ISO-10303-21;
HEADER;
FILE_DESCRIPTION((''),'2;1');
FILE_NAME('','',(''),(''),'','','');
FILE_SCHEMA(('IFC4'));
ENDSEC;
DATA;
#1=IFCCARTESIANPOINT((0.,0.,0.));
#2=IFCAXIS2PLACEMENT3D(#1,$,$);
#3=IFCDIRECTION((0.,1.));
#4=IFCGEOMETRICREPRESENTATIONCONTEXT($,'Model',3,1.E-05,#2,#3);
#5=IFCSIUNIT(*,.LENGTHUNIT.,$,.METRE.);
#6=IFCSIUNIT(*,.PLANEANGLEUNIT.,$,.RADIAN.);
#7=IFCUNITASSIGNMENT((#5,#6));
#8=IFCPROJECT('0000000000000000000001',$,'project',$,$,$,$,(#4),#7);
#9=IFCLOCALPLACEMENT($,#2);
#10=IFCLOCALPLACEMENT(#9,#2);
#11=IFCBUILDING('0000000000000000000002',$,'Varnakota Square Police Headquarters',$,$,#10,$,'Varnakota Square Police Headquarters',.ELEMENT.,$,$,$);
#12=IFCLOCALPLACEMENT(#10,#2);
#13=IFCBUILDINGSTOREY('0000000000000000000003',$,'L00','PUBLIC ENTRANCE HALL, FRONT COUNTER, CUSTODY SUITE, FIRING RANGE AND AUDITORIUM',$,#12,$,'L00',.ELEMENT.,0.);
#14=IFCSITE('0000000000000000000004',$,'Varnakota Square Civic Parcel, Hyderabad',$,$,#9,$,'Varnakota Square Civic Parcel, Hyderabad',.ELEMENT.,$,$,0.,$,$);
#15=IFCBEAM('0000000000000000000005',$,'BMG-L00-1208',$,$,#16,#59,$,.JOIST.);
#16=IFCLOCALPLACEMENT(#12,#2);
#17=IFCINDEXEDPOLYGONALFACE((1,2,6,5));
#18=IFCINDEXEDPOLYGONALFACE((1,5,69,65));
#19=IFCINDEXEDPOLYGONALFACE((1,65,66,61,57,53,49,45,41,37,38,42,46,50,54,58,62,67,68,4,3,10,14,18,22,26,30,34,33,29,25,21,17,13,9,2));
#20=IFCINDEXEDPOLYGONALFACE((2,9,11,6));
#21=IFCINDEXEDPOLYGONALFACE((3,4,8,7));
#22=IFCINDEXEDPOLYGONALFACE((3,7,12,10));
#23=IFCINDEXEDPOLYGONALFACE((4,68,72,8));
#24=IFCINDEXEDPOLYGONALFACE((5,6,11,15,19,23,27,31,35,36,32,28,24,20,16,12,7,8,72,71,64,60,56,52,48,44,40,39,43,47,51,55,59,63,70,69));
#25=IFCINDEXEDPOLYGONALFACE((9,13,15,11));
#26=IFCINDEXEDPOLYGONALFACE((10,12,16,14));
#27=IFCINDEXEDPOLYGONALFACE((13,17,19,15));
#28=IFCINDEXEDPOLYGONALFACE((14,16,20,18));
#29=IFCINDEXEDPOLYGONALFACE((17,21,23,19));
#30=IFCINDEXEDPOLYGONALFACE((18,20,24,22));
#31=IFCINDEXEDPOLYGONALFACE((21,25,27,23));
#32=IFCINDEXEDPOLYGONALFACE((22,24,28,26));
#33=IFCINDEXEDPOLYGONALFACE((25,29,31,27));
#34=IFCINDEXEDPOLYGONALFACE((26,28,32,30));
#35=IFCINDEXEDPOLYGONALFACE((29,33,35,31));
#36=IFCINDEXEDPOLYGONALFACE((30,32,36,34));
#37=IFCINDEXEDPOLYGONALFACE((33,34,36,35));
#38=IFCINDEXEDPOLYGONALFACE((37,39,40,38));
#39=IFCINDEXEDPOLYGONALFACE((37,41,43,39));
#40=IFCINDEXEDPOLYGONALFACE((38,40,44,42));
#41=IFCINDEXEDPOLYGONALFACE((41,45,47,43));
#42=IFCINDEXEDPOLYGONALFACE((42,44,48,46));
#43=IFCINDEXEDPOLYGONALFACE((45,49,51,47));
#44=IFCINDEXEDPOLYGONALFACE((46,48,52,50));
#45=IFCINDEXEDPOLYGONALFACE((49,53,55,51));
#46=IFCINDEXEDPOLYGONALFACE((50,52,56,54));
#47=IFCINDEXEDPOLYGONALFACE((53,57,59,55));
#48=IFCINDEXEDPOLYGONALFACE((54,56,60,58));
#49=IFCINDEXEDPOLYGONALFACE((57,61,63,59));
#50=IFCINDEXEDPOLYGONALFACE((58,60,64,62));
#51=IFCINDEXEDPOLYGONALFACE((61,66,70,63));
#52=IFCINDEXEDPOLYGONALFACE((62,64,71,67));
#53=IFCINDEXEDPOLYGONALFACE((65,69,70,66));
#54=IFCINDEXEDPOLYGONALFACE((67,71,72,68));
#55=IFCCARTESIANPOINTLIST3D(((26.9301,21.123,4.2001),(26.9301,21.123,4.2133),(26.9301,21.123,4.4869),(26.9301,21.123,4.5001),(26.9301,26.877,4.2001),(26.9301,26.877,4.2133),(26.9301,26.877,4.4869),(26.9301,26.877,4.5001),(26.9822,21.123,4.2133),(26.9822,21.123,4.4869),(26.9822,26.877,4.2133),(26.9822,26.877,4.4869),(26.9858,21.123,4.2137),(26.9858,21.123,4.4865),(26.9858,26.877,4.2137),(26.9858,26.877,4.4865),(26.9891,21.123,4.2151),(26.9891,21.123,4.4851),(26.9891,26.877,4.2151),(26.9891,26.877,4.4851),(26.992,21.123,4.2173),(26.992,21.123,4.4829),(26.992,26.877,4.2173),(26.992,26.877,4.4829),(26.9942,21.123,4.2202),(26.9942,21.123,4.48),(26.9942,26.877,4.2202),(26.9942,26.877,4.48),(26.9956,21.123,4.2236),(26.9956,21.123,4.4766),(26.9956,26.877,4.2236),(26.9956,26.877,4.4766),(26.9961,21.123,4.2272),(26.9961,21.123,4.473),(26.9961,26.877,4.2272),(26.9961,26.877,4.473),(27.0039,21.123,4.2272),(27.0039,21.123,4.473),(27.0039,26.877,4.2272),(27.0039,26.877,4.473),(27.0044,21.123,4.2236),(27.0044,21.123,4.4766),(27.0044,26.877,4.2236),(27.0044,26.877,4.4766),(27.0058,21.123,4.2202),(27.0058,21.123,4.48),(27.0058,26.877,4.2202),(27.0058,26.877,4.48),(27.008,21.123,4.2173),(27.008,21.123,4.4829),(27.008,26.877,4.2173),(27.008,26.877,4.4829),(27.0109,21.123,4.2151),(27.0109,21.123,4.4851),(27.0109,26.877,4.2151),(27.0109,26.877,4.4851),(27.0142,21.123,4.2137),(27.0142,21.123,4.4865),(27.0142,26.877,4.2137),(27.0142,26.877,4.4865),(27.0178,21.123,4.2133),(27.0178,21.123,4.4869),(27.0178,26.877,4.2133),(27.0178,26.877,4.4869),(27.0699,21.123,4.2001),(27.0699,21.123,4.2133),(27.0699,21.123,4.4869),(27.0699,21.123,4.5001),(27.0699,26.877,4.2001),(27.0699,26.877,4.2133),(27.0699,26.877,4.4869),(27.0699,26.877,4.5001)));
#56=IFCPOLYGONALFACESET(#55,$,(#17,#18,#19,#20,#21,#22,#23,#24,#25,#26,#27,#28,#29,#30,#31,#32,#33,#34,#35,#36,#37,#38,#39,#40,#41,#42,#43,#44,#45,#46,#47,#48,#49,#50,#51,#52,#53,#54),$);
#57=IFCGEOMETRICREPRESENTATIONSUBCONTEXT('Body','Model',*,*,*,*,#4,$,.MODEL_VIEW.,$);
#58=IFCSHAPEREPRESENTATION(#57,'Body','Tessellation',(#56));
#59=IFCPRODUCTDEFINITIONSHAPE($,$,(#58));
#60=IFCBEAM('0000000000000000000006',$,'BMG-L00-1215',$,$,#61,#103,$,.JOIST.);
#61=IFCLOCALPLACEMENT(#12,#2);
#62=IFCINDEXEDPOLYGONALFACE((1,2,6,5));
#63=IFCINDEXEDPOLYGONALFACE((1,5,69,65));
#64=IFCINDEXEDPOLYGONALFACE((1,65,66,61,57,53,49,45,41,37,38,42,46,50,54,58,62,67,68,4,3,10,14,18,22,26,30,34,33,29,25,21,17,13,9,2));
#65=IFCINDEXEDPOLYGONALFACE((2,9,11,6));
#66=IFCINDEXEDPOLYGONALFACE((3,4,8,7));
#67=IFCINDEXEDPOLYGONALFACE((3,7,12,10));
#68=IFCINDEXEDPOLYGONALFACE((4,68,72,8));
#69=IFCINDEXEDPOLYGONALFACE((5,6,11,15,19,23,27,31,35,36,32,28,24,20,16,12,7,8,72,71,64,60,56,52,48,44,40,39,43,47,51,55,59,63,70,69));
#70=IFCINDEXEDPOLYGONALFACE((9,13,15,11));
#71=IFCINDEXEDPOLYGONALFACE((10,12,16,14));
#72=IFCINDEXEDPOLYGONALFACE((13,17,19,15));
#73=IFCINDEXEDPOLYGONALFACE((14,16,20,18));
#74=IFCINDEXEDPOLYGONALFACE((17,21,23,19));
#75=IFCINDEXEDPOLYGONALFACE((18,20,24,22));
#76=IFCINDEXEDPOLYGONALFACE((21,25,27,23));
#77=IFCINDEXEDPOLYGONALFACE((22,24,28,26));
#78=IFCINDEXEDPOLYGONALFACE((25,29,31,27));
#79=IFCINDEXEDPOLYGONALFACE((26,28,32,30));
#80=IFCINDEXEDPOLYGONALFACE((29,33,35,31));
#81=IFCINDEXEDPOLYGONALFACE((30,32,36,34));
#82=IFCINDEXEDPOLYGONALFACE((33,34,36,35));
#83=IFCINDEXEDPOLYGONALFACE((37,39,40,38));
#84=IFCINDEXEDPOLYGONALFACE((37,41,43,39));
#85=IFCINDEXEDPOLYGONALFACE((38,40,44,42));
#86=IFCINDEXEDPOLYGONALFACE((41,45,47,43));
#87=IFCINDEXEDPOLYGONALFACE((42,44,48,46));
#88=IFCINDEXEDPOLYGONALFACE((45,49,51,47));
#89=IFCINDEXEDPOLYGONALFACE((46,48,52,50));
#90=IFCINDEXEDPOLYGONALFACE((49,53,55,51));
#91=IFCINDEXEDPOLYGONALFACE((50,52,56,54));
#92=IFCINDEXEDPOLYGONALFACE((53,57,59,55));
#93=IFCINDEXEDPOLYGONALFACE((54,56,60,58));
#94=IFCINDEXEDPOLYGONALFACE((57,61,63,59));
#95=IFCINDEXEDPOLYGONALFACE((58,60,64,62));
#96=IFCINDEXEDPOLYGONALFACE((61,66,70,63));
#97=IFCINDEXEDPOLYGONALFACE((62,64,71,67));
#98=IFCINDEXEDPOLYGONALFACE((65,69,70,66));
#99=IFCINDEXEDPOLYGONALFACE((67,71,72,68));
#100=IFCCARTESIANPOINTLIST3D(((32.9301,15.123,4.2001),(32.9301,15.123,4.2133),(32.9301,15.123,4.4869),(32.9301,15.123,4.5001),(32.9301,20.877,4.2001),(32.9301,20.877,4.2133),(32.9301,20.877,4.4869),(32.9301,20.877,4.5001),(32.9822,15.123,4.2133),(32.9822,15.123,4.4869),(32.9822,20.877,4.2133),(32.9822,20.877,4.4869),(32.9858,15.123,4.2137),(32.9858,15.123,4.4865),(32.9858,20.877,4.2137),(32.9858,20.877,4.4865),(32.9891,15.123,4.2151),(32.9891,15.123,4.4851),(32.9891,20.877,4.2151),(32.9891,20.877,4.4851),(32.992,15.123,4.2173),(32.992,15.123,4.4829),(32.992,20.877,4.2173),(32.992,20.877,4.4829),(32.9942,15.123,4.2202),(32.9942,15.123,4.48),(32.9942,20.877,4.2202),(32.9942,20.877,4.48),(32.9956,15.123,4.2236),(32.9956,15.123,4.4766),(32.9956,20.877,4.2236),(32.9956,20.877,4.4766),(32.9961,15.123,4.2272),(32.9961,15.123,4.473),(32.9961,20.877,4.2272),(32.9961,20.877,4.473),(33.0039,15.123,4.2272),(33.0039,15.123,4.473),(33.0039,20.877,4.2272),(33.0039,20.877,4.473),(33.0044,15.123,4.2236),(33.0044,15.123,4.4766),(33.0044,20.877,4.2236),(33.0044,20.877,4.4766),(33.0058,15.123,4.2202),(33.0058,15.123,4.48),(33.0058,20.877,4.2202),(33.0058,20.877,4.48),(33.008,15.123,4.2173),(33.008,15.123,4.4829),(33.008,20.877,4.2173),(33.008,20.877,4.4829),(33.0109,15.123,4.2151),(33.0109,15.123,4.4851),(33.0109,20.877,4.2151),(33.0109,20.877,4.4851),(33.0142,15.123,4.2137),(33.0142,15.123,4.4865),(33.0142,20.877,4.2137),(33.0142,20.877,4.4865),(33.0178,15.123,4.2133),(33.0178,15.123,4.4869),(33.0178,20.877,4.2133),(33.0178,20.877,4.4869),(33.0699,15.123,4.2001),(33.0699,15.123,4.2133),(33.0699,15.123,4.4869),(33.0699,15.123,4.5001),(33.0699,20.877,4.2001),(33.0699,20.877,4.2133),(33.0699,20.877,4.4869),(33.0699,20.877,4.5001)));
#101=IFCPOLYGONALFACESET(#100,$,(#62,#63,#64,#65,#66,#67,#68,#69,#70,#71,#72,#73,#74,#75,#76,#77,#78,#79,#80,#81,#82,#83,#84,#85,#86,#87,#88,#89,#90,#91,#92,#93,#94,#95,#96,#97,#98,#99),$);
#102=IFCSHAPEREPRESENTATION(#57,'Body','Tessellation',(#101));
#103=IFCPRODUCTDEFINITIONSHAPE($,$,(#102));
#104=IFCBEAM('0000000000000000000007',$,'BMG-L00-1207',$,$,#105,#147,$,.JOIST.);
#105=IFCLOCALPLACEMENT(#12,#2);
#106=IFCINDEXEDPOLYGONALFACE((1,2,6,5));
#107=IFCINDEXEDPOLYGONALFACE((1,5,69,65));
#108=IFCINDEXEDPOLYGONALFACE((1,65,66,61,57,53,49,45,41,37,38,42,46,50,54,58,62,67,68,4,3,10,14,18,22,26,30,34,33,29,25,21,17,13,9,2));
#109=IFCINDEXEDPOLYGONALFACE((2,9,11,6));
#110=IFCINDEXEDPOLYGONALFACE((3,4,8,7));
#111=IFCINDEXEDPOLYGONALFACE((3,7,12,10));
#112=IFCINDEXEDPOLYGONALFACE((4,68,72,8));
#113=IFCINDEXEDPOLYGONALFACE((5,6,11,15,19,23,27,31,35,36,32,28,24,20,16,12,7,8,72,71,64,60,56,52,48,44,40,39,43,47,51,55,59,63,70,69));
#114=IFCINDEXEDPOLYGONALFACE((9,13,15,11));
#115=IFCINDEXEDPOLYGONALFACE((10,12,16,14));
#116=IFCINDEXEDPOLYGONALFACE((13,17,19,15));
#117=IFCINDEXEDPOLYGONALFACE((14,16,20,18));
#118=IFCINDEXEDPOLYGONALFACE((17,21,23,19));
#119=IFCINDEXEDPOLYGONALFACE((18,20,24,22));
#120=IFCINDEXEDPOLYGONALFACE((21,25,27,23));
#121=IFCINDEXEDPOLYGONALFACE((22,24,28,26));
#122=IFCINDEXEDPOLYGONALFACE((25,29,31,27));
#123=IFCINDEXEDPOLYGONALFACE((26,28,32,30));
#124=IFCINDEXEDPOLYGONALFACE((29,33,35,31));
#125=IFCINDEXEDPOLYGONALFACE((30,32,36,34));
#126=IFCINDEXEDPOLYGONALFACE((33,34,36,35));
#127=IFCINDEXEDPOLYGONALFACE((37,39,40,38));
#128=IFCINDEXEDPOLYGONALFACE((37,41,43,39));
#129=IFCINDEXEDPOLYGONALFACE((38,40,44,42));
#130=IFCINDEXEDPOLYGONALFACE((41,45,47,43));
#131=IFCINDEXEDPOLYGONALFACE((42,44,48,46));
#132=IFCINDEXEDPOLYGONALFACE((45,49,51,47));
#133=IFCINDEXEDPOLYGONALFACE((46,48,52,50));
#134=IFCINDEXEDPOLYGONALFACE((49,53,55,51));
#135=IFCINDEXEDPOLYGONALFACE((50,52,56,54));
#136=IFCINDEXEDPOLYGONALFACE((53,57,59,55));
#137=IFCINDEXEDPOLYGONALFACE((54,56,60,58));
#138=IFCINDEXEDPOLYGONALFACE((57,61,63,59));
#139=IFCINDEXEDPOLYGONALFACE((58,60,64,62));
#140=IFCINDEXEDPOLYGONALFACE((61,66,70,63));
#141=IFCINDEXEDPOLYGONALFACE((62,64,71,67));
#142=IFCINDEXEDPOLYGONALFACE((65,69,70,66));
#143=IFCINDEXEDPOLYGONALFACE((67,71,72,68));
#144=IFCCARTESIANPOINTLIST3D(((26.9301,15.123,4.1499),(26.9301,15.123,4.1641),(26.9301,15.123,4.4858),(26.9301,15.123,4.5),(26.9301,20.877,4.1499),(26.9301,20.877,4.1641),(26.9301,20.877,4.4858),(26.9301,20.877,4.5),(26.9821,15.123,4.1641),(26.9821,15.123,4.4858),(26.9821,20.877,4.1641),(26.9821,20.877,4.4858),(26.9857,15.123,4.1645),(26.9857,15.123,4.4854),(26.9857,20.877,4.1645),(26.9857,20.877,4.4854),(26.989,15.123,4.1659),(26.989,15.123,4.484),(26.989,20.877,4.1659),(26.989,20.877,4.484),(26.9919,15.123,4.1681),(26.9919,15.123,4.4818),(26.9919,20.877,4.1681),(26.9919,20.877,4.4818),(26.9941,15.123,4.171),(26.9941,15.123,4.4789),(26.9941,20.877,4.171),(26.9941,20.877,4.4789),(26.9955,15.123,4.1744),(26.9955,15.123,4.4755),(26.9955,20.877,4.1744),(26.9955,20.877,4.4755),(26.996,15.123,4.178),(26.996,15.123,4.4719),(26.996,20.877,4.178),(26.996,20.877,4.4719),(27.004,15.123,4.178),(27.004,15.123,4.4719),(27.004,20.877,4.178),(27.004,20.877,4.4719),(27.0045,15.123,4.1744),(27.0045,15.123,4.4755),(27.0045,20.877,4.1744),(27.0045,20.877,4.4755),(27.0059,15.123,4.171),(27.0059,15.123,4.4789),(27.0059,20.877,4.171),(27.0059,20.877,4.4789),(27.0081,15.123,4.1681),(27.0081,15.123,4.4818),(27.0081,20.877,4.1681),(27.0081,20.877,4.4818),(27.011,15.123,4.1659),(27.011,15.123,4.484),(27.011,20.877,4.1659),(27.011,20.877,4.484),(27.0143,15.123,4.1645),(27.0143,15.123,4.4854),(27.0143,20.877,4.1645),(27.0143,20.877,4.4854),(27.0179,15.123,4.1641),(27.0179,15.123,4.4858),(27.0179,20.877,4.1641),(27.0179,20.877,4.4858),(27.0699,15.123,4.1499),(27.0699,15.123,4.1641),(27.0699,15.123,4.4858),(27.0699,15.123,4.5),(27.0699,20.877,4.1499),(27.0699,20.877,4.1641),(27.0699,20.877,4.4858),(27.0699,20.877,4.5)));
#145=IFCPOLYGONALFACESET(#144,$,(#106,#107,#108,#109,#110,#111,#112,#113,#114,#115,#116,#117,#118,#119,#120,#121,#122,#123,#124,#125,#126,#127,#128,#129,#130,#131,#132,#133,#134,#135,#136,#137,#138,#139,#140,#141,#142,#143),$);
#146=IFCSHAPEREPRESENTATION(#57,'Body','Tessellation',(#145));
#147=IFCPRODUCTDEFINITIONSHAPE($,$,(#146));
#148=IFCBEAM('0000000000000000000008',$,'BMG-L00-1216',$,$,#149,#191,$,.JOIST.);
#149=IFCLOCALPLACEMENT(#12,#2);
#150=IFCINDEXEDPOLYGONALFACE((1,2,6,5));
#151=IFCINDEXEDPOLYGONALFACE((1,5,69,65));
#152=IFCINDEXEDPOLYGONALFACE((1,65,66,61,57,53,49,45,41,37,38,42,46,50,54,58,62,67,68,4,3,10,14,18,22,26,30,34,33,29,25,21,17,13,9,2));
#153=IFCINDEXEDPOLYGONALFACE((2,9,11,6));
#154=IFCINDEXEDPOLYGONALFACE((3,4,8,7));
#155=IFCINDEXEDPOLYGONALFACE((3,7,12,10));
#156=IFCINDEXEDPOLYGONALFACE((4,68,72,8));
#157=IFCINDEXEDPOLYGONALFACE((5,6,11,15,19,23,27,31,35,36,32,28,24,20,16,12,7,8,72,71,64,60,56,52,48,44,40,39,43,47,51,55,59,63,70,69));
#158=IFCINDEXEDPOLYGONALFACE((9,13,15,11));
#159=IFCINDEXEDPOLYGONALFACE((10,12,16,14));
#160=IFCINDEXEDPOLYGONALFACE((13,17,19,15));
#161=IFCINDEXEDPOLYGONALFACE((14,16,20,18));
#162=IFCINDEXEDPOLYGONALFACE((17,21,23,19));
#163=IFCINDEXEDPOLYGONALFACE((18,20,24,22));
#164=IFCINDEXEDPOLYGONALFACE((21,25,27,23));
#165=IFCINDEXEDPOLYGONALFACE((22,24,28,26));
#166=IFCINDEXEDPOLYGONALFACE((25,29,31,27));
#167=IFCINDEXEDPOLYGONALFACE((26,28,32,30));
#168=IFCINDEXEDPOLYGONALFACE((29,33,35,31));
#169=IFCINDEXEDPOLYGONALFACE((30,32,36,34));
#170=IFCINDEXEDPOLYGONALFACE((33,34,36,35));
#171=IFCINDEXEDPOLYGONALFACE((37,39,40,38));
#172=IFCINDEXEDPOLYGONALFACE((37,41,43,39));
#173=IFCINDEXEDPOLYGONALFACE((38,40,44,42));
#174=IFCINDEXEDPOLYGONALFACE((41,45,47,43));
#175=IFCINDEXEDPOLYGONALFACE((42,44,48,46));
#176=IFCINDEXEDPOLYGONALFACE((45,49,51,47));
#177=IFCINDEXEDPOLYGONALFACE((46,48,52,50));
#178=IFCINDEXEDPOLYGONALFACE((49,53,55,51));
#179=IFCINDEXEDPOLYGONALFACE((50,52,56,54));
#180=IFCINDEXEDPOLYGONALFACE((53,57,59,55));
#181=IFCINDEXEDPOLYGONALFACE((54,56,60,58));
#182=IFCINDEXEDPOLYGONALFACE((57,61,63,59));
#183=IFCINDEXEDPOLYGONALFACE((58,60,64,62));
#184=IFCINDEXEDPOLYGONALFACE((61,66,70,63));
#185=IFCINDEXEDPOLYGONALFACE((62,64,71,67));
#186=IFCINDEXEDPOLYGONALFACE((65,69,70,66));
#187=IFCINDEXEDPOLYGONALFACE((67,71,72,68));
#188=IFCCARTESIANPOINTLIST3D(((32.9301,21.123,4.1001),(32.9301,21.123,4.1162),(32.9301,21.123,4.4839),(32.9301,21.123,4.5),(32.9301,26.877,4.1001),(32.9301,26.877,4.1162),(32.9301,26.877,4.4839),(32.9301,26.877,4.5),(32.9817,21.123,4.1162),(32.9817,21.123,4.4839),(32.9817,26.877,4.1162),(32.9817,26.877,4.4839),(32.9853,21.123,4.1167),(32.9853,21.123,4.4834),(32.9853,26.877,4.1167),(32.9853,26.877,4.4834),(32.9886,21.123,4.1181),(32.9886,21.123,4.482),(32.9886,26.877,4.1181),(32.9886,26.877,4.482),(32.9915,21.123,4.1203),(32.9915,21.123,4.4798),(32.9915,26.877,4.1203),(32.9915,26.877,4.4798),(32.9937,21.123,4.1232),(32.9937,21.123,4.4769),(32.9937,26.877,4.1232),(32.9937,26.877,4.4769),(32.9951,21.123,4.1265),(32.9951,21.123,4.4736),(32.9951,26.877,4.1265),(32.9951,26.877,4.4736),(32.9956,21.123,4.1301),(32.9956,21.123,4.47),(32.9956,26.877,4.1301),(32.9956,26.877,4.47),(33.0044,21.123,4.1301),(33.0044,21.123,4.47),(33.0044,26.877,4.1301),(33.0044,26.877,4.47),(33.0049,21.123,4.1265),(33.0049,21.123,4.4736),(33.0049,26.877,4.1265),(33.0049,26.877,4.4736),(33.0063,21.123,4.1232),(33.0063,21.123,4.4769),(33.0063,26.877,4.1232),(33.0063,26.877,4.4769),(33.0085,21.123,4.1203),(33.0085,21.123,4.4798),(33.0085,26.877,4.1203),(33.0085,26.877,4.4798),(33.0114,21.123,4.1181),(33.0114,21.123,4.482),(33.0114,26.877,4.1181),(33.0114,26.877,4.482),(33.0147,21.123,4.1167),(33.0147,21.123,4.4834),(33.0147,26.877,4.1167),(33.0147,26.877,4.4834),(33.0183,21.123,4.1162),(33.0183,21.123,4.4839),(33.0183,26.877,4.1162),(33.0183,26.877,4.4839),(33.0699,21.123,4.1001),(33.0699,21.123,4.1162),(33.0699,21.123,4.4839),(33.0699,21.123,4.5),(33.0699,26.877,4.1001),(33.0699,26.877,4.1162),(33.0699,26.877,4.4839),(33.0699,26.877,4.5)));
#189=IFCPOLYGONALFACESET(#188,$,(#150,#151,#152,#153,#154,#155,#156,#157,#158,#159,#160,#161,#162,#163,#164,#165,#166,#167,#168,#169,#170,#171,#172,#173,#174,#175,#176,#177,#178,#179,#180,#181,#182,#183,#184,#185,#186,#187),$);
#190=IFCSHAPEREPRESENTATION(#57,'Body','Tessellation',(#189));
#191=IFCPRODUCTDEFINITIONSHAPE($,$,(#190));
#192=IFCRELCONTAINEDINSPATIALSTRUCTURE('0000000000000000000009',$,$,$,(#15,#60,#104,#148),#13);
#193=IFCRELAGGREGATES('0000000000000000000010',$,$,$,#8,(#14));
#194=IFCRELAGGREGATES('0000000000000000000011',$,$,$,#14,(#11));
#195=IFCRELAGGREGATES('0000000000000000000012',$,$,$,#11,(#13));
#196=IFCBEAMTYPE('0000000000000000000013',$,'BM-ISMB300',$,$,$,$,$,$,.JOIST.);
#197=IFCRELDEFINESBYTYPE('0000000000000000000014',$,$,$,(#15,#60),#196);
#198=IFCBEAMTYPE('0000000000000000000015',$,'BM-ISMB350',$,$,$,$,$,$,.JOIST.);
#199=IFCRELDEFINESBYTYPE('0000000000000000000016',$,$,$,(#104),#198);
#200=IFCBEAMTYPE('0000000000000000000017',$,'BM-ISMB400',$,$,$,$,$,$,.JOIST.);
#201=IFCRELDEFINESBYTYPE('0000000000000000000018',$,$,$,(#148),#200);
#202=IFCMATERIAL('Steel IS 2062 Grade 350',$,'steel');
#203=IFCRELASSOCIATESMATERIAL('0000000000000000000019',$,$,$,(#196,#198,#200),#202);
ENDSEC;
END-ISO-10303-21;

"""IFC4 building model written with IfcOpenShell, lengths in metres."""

from ifc_helpers import new_model, si_unit, direction, frame, origin, origin_2d, place, context, subcontext, project, spatial, i_section, extrude, material, material_profile, profile_set, type_object, element, save


model = new_model("IFC4")

# Units and contexts
model_context = context("Model", 3, precision=1e-05, world=origin(), true_north=direction((0.0, 1.0)))
body_context = subcontext(model_context, "Body", "Model", "MODEL_VIEW")
ifc_project = project(units=[si_unit("LENGTHUNIT", "METRE"), si_unit("PLANEANGLEUNIT", "RADIAN")], contexts=[model_context])

# Site, building, storey
site_placement = place(None, origin())
site = spatial("IfcSite", under=ifc_project, at=site_placement, Name="Varnakota Square Civic Parcel, Hyderabad", LongName="Varnakota Square Civic Parcel, Hyderabad", CompositionType="ELEMENT", RefElevation=0.0)
building_placement = place(site_placement, origin())
building = spatial("IfcBuilding", under=site, at=building_placement, Name="Varnakota Square Police Headquarters", LongName="Varnakota Square Police Headquarters", CompositionType="ELEMENT")
storey_placement = place(building_placement, origin())
storey = spatial("IfcBuildingStorey", under=building, at=storey_placement, Name="L00", Description="PUBLIC ENTRANCE HALL, FRONT COUNTER, CUSTODY SUITE, FIRING RANGE AND AUDITORIUM", LongName="L00", CompositionType="ELEMENT", Elevation=0.0)

# Beams
ifc_material_1 = material(Name="Steel IS 2062 Grade 350", Category="steel")
ifc_material_profile_1 = material_profile(ifc_material_1, i_section(OverallWidth=0.1399, OverallDepth=0.3, WebThickness=0.0078, FlangeThickness=0.0132, FilletRadius=0.0139, at=origin_2d()), Name="ISMB 300")
ifc_profile_set_1 = profile_set([ifc_material_profile_1], Name="Steel IS 2062 Grade 350")
beam_type_1 = type_object("IfcBeamType", Name="BM-ISMB300", PredefinedType="JOIST", material=ifc_profile_set_1)
for number, where, z_axis, x_axis, name in (
    (1, (27.0, 21.123, 4.3501), (0.0, 1.0, 0.0), (-1.0, 0.0, 0.0), "BMG-L00-1208"),
    (2, (33.0, 15.123, 4.3501), (0.0, 1.0, 0.0), (-1.0, 0.0, 0.0), "BMG-L00-1215"),
):
    element("IfcBeam", number, at=place(storey_placement, frame(where, z_axis=z_axis, x_axis=x_axis)), inside=storey, type_object=beam_type_1, Name=name, PredefinedType="JOIST", context=body_context, shape_type="SweptSolid", body=[
        extrude(i_section(OverallWidth=0.1399, OverallDepth=0.3, WebThickness=0.0078, FlangeThickness=0.0132, FilletRadius=0.0139, at=origin_2d()), origin(), (0.0, 0.0, 1.0), 5.7539),
    ])
ifc_material_profile_2 = material_profile(ifc_material_1, i_section(OverallWidth=0.1399, OverallDepth=0.3501, WebThickness=0.0081, FlangeThickness=0.0142, FilletRadius=0.0139, at=origin_2d()), Name="ISMB 350")
ifc_profile_set_2 = profile_set([ifc_material_profile_2], Name="Steel IS 2062 Grade 350")
beam_type_2 = type_object("IfcBeamType", Name="BM-ISMB350", PredefinedType="JOIST", material=ifc_profile_set_2)
beam_1_placement = place(storey_placement, frame((27.0, 15.123, 4.325), z_axis=(0.0, 1.0, 0.0), x_axis=(-1.0, 0.0, 0.0)))
element("IfcBeam", 3, at=beam_1_placement, inside=storey, type_object=beam_type_2, Name="BMG-L00-1207", PredefinedType="JOIST", context=body_context, shape_type="SweptSolid", body=[
    extrude(i_section(OverallWidth=0.1399, OverallDepth=0.3501, WebThickness=0.0081, FlangeThickness=0.0142, FilletRadius=0.0139, at=origin_2d()), origin(), (0.0, 0.0, 1.0), 5.7539),
])
ifc_material_profile_3 = material_profile(ifc_material_1, i_section(OverallWidth=0.1399, OverallDepth=0.3999, WebThickness=0.0088, FlangeThickness=0.0161, FilletRadius=0.0139, at=origin_2d()), Name="ISMB 400")
ifc_profile_set_3 = profile_set([ifc_material_profile_3], Name="Steel IS 2062 Grade 350")
beam_type_3 = type_object("IfcBeamType", Name="BM-ISMB400", PredefinedType="JOIST", material=ifc_profile_set_3)
for number, where, z_axis, x_axis, name in (
    (4, (33.0, 21.123, 4.3), (0.0, 1.0, 0.0), (-1.0, 0.0, 0.0), "BMG-L00-1216"),
):
    element("IfcBeam", number, at=place(storey_placement, frame(where, z_axis=z_axis, x_axis=x_axis)), inside=storey, type_object=beam_type_3, Name=name, PredefinedType="JOIST", context=body_context, shape_type="SweptSolid", body=[
        extrude(i_section(OverallWidth=0.1399, OverallDepth=0.3999, WebThickness=0.0088, FlangeThickness=0.0161, FilletRadius=0.0139, at=origin_2d()), origin(), (0.0, 0.0, 1.0), 5.7539),
    ])

save(model, "model.ifc")
